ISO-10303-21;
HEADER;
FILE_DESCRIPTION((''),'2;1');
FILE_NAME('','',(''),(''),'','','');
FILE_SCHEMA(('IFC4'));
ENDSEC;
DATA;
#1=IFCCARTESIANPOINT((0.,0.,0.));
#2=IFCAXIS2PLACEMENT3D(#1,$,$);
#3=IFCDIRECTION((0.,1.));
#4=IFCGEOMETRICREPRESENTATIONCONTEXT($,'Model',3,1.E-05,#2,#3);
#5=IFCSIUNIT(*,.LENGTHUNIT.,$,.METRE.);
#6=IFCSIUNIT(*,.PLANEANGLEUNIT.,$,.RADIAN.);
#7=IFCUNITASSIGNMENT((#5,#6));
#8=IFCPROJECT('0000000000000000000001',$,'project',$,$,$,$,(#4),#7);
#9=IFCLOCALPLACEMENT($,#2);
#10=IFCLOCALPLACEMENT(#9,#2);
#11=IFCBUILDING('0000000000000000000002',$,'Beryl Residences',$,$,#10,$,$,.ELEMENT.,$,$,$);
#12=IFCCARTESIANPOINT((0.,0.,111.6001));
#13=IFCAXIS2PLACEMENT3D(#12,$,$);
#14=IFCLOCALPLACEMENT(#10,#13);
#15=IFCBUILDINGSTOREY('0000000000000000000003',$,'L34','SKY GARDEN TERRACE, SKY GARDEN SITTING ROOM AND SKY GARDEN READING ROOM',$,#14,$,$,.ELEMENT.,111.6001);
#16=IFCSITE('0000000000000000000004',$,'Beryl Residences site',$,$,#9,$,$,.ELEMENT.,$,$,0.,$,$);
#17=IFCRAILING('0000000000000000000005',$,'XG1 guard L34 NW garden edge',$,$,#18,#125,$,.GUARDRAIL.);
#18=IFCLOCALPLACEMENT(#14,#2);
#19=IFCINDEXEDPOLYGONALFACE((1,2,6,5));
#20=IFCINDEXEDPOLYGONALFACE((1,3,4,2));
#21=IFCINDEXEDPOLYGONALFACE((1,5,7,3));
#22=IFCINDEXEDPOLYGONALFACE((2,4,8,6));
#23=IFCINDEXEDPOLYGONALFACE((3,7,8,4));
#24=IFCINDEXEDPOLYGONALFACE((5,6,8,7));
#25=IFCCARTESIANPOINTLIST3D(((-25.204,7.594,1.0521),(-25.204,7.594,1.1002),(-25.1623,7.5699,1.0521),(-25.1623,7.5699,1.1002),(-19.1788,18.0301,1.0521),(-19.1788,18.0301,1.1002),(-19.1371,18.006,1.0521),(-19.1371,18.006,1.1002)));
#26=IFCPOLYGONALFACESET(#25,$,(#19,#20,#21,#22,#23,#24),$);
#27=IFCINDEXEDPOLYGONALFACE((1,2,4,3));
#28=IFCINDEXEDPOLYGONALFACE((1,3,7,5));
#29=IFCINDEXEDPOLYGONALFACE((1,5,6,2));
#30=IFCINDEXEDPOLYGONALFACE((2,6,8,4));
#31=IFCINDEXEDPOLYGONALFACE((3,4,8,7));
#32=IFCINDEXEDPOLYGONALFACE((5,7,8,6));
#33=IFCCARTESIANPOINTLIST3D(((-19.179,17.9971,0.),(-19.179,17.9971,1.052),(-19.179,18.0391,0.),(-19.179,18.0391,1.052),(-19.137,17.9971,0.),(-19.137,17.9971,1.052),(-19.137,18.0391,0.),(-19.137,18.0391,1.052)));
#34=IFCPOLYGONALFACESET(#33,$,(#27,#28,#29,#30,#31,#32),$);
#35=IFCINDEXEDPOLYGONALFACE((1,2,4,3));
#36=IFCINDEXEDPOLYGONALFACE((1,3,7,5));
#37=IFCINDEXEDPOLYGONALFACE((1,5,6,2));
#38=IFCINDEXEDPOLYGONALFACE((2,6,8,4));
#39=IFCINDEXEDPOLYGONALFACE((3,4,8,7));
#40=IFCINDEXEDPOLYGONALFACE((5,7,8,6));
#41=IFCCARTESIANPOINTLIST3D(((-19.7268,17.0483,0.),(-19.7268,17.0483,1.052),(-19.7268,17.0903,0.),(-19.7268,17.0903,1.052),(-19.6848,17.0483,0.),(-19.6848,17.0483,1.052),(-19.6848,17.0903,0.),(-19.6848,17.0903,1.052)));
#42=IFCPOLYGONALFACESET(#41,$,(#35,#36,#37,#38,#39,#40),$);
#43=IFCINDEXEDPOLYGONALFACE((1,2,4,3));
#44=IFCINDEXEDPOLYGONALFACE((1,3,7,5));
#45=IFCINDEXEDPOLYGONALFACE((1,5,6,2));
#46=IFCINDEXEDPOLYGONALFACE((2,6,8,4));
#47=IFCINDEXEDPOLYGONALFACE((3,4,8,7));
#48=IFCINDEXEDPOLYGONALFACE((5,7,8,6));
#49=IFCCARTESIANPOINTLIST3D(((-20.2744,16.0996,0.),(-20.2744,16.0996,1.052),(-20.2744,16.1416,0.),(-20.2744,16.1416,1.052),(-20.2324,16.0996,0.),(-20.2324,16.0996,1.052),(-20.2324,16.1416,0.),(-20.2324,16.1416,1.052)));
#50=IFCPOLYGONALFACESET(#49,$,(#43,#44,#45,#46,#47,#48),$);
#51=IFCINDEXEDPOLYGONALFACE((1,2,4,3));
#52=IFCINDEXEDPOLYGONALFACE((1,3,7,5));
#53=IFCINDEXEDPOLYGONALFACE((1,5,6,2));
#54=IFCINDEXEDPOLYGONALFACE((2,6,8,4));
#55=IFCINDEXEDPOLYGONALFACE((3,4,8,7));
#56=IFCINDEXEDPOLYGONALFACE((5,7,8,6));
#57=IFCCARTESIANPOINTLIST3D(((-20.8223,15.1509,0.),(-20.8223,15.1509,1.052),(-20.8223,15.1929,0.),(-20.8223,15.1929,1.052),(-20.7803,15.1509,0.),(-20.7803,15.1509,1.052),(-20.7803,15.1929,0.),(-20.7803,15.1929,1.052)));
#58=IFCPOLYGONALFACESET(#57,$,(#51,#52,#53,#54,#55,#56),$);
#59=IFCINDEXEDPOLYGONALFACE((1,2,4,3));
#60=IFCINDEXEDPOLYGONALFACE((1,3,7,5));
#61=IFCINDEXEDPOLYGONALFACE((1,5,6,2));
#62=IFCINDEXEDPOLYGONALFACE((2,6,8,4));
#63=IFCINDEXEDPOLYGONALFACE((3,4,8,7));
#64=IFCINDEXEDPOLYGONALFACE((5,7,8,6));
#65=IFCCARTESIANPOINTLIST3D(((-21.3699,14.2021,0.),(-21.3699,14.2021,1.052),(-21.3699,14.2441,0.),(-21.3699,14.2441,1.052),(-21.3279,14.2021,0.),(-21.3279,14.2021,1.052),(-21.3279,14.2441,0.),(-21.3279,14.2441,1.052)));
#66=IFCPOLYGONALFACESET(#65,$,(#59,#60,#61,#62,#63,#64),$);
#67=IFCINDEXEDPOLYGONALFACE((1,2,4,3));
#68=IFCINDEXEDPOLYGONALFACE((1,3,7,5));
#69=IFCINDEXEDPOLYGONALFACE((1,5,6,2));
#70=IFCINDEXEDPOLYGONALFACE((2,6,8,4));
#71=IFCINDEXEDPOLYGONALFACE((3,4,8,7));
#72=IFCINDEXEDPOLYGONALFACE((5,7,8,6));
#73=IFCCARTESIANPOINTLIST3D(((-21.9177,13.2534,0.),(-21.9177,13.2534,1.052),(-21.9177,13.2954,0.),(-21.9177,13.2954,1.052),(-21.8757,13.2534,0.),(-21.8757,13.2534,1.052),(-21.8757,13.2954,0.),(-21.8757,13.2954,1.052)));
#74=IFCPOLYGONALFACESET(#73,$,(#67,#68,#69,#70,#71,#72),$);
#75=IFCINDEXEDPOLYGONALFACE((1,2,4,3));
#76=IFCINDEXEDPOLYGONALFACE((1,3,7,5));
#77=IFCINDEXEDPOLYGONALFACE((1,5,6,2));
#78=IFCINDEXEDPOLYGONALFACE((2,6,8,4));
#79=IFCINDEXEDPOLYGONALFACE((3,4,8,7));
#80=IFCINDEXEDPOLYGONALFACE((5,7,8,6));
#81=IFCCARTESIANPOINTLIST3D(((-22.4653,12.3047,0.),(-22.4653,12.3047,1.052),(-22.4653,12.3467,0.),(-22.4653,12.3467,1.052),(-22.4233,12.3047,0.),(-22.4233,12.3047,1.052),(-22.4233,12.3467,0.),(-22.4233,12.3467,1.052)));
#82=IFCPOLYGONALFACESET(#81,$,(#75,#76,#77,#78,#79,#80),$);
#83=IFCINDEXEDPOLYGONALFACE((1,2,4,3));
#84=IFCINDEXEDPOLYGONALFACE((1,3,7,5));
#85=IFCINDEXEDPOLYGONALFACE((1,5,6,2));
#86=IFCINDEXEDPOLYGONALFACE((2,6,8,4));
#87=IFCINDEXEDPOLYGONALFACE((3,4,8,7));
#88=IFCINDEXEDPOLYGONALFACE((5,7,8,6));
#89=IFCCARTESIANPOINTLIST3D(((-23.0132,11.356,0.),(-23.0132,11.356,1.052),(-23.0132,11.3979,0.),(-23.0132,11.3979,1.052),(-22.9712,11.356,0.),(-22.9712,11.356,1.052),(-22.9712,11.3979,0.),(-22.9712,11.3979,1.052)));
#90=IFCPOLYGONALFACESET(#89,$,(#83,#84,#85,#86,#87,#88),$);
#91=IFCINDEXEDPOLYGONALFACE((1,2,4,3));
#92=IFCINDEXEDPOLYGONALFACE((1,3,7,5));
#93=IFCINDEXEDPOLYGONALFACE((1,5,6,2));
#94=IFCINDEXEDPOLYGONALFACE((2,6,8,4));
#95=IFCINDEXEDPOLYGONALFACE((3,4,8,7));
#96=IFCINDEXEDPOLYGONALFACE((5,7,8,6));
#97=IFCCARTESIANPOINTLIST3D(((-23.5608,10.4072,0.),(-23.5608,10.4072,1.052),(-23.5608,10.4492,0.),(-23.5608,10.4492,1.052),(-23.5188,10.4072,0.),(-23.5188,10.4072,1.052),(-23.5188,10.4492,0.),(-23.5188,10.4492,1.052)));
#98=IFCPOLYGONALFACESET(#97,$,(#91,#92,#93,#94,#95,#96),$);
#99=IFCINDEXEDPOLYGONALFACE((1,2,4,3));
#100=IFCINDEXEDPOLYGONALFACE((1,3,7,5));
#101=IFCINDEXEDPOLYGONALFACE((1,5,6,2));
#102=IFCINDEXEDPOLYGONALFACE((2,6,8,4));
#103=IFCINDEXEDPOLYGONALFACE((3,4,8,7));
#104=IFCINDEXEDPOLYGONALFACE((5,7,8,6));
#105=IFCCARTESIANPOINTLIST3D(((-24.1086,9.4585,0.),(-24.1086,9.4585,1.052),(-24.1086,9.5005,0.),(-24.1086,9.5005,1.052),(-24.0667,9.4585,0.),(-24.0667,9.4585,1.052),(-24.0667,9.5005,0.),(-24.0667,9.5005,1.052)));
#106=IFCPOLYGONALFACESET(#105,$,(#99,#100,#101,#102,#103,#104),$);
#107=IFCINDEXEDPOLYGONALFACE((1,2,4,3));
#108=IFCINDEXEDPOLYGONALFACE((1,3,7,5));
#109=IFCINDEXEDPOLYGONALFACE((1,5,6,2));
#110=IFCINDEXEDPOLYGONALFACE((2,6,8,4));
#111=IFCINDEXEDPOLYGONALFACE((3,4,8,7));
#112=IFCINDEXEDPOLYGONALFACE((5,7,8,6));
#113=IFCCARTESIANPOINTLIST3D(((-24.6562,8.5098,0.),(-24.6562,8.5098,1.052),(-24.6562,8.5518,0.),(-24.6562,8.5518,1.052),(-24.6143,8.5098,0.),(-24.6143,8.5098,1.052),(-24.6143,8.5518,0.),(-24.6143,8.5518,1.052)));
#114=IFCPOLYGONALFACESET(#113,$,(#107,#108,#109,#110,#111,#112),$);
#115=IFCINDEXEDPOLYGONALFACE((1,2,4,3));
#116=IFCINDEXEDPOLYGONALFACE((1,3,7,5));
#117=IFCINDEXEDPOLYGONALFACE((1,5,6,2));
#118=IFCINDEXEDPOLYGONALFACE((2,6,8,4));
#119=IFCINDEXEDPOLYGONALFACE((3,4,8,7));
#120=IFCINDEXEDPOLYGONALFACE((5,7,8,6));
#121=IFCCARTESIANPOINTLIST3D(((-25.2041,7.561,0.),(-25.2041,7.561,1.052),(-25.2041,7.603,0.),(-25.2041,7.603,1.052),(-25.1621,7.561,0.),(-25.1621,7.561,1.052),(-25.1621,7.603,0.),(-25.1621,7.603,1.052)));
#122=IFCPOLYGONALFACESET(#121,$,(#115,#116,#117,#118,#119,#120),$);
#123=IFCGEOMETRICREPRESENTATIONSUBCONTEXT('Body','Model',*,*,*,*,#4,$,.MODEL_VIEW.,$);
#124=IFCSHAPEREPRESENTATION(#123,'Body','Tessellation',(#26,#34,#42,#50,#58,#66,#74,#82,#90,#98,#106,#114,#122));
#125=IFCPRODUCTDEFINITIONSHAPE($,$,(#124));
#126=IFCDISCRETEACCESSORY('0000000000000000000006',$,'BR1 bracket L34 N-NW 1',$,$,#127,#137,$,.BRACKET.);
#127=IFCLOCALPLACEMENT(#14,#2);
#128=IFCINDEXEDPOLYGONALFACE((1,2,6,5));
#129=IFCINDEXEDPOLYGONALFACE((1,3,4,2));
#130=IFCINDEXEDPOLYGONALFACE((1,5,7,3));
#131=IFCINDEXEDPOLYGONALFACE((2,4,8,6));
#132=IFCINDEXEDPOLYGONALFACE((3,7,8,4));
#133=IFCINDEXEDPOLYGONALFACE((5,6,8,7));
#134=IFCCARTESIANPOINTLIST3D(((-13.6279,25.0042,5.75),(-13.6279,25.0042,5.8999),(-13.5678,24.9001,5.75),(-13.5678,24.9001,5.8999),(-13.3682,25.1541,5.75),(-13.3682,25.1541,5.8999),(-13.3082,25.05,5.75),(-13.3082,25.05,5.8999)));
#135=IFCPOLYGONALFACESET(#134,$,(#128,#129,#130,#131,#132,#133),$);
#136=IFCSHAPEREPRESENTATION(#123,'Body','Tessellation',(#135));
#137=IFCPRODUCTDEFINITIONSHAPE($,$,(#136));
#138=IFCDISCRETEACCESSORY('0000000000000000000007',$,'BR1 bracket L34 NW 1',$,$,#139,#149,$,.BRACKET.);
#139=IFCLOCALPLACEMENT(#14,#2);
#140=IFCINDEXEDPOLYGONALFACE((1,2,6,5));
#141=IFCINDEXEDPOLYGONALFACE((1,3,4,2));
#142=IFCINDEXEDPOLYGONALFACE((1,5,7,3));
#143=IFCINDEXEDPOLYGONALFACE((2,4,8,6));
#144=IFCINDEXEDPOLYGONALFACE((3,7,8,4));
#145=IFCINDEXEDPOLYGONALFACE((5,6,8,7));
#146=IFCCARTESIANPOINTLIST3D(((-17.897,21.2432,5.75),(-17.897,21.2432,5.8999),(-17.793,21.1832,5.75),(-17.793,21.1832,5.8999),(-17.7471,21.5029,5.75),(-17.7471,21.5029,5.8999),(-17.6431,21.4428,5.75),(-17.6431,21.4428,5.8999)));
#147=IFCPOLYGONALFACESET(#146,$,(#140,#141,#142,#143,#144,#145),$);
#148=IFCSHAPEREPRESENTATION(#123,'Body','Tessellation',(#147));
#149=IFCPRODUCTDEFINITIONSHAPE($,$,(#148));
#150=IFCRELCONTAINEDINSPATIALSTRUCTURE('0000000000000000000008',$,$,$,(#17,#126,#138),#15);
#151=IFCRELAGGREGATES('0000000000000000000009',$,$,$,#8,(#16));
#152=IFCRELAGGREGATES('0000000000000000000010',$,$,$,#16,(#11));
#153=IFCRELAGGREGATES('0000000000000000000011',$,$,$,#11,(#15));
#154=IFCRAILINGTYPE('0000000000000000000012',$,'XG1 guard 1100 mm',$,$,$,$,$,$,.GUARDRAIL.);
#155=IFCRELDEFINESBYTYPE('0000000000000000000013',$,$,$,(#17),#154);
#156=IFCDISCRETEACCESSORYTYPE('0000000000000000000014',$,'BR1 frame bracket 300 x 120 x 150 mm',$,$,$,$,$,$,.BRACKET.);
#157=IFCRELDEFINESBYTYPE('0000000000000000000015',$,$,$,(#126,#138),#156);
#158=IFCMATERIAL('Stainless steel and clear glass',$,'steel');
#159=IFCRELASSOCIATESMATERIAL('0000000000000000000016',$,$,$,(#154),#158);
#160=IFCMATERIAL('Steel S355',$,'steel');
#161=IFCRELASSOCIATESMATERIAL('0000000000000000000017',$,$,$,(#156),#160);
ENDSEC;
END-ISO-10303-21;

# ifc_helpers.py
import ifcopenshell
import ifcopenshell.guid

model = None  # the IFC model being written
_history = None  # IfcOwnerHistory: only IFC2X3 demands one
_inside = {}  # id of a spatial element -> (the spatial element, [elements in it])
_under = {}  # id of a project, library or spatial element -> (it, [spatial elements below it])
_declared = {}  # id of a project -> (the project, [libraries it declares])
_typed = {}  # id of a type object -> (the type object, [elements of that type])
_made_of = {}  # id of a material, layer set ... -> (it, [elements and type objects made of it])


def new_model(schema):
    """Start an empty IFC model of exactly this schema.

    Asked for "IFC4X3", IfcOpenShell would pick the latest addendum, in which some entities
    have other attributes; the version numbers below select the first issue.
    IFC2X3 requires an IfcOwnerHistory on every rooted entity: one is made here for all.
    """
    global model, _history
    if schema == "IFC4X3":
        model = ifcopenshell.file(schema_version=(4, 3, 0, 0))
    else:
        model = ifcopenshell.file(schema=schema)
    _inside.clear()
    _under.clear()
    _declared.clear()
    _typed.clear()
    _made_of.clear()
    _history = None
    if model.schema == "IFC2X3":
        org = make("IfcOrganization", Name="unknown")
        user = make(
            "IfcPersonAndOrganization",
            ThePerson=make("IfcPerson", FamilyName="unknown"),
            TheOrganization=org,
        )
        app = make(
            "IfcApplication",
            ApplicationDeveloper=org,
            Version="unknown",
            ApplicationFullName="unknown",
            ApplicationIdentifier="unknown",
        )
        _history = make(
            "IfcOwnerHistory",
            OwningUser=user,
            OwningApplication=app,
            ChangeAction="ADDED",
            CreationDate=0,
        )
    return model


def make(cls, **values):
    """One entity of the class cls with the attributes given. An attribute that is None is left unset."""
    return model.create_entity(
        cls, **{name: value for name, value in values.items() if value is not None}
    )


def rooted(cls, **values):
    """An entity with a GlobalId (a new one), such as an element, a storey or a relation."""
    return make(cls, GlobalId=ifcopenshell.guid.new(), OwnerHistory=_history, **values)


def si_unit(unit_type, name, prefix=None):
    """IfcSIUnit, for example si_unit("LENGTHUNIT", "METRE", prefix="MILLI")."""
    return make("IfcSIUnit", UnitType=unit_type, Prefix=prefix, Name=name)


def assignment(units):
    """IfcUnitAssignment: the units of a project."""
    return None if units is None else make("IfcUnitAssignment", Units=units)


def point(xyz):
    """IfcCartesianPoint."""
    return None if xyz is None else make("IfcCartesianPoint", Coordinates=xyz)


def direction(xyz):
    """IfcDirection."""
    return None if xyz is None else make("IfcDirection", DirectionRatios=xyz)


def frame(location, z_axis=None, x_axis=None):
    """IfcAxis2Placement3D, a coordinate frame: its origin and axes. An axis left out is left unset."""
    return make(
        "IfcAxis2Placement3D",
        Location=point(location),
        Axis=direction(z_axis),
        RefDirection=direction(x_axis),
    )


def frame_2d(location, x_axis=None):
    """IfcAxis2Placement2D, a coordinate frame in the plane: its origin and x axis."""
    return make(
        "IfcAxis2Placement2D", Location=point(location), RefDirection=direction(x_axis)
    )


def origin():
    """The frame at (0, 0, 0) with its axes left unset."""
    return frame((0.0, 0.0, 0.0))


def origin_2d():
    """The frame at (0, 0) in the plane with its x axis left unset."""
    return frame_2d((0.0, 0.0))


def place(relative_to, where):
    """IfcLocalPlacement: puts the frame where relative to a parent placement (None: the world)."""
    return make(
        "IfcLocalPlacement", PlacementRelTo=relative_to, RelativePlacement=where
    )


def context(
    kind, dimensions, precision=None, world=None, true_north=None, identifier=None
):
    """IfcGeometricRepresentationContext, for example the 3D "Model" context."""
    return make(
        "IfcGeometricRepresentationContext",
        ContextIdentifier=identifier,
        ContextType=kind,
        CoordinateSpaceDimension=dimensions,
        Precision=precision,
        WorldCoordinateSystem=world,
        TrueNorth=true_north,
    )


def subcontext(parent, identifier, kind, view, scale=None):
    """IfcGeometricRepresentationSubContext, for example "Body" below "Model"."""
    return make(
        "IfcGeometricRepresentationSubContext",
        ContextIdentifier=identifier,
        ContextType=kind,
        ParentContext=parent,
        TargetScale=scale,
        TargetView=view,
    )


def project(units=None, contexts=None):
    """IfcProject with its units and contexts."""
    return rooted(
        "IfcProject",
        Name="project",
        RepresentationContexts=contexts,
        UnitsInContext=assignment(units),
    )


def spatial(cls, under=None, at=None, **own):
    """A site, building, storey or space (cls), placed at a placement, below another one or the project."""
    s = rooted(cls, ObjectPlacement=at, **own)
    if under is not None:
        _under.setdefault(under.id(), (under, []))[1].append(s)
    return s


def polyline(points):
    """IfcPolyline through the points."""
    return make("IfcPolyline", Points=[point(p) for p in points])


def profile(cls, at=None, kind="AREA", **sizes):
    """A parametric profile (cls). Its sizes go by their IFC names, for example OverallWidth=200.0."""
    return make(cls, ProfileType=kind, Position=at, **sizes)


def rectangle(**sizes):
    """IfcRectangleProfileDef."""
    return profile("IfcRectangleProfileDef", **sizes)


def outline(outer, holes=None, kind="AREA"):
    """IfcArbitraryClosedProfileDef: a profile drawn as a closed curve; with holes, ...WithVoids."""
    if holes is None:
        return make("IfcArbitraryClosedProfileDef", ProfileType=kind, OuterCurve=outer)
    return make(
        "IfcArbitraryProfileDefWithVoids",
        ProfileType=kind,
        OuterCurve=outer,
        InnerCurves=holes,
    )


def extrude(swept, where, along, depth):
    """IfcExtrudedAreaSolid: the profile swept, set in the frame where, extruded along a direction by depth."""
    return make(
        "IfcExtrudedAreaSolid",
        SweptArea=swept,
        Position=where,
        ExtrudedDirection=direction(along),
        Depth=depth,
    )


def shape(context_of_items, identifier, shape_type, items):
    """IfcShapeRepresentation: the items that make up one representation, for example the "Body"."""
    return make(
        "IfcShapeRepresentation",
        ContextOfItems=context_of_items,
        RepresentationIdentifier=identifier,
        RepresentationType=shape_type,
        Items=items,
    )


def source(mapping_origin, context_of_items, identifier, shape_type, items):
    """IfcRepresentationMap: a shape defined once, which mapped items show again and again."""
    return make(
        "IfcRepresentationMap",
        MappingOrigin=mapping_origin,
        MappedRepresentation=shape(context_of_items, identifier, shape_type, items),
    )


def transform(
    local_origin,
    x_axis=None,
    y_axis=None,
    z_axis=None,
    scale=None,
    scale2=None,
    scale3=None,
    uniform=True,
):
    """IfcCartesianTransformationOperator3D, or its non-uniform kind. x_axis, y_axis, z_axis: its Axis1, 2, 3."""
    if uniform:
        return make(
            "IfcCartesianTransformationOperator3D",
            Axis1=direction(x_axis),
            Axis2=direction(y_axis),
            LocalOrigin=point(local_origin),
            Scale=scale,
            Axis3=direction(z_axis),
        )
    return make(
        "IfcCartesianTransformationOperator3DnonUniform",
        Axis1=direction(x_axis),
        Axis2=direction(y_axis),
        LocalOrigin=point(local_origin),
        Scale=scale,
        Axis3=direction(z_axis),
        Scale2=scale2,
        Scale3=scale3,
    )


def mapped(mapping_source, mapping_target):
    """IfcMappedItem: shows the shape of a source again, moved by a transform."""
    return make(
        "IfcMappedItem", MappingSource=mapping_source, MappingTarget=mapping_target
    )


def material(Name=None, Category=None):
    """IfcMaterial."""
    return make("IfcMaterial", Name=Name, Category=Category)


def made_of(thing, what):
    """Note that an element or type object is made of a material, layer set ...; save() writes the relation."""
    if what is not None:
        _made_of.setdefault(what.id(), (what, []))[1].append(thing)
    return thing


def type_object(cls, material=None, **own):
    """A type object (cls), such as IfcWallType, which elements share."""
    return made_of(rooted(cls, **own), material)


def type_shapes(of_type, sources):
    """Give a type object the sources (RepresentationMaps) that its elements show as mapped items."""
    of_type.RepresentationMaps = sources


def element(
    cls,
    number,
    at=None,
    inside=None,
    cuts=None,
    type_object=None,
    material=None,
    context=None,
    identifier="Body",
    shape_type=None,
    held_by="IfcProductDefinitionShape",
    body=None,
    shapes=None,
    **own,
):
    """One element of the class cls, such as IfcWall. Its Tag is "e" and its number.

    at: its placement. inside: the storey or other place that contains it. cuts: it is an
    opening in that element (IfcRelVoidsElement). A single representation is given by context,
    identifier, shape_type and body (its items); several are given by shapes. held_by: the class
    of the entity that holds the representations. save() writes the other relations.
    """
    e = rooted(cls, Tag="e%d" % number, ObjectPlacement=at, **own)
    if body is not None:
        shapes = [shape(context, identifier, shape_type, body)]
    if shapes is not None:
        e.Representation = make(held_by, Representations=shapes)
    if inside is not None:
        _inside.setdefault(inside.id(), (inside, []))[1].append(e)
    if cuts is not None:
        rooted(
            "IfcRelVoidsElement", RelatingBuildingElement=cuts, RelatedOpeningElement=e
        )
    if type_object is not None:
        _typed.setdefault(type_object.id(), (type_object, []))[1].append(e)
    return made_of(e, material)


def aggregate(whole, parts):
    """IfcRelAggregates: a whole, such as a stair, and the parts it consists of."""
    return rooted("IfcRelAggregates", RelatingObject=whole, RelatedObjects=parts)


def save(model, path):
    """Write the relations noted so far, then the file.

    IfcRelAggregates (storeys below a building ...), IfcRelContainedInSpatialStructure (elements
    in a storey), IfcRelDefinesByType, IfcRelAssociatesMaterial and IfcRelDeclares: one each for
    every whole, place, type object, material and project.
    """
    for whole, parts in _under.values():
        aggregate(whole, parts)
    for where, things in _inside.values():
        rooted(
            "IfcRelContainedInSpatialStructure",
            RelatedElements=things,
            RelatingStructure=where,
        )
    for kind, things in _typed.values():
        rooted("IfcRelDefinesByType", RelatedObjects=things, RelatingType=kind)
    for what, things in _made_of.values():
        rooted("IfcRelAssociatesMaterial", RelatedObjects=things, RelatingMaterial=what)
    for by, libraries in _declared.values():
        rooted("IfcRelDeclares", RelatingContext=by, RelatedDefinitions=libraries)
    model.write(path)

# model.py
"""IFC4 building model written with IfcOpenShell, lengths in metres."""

from ifc_helpers import new_model, si_unit, direction, frame, origin, origin_2d, place, context, subcontext, project, spatial, polyline, rectangle, outline, extrude, source, transform, mapped, material, type_object, type_shapes, element, save


model = new_model("IFC4")

# Units and contexts
model_context = context("Model", 3, precision=1e-05, world=origin(), true_north=direction((0.0, 1.0)))
body_context = subcontext(model_context, "Body", "Model", "MODEL_VIEW")
ifc_project = project(units=[si_unit("LENGTHUNIT", "METRE"), si_unit("PLANEANGLEUNIT", "RADIAN")], contexts=[model_context])

# Site, building, storey
site_placement = place(None, origin())
site = spatial("IfcSite", under=ifc_project, at=site_placement, Name="Beryl Residences site", CompositionType="ELEMENT", RefElevation=0.0)
building_placement = place(site_placement, origin())
building = spatial("IfcBuilding", under=site, at=building_placement, Name="Beryl Residences", CompositionType="ELEMENT")
storey_placement = place(building_placement, frame((0.0, 0.0, 111.6001)))
storey = spatial("IfcBuildingStorey", under=building, at=storey_placement, Name="L34", Description="SKY GARDEN TERRACE, SKY GARDEN SITTING ROOM AND SKY GARDEN READING ROOM", CompositionType="ELEMENT", Elevation=111.6001)

# Railing
ifc_material_1 = material(Name="Stainless steel and clear glass", Category="steel")
railing_type = type_object("IfcRailingType", Name="XG1 guard 1100 mm", PredefinedType="GUARDRAIL", material=ifc_material_1)
railing_placement = place(storey_placement, frame((-19.158, 18.0181, 0.0)))
element("IfcRailing", 1, at=railing_placement, inside=storey, type_object=railing_type, Name="XG1 guard L34 NW garden edge", PredefinedType="GUARDRAIL", context=body_context, shape_type="SweptSolid", body=[
    extrude(rectangle(XDim=0.0481, YDim=0.0481, at=origin_2d()), frame((0.0, 0.0, 1.0762), z_axis=(-0.499994, -0.866029, 0.0), x_axis=(0.866029, -0.499994, 0.0)), (0.0, 0.0, 1.0), 12.0505),
    extrude(rectangle(XDim=0.042, YDim=0.042, at=origin_2d()), origin(), (0.0, 0.0, 1.0), 1.052),
    extrude(rectangle(XDim=0.042, YDim=0.042, at=origin_2d()), frame((-0.5479, -0.9487, 0.0)), (0.0, 0.0, 1.0), 1.052),
    extrude(rectangle(XDim=0.042, YDim=0.042, at=origin_2d()), frame((-1.0955, -1.8975, 0.0)), (0.0, 0.0, 1.0), 1.052),
    extrude(rectangle(XDim=0.042, YDim=0.042, at=origin_2d()), frame((-1.6433, -2.8462, 0.0)), (0.0, 0.0, 1.0), 1.052),
    extrude(rectangle(XDim=0.042, YDim=0.042, at=origin_2d()), frame((-2.1909, -3.7949, 0.0)), (0.0, 0.0, 1.0), 1.052),
    extrude(rectangle(XDim=0.042, YDim=0.042, at=origin_2d()), frame((-2.7388, -4.7437, 0.0)), (0.0, 0.0, 1.0), 1.052),
    extrude(rectangle(XDim=0.042, YDim=0.042, at=origin_2d()), frame((-3.2864, -5.6924, 0.0)), (0.0, 0.0, 1.0), 1.052),
    extrude(rectangle(XDim=0.042, YDim=0.042, at=origin_2d()), frame((-3.8342, -6.6411, 0.0)), (0.0, 0.0, 1.0), 1.052),
    extrude(rectangle(XDim=0.042, YDim=0.042, at=origin_2d()), frame((-4.3818, -7.5898, 0.0)), (0.0, 0.0, 1.0), 1.052),
    extrude(rectangle(XDim=0.042, YDim=0.042, at=origin_2d()), frame((-4.9297, -8.5386, 0.0)), (0.0, 0.0, 1.0), 1.052),
    extrude(rectangle(XDim=0.042, YDim=0.042, at=origin_2d()), frame((-5.4773, -9.4873, 0.0)), (0.0, 0.0, 1.0), 1.052),
    extrude(rectangle(XDim=0.042, YDim=0.042, at=origin_2d()), frame((-6.0251, -10.436, 0.0)), (0.0, 0.0, 1.0), 1.052),
])

# Discrete accessories
ifc_material_2 = material(Name="Steel S355", Category="steel")
discrete_accessory_type = type_object("IfcDiscreteAccessoryType", Name="BR1 frame bracket 300 x 120 x 150 mm", PredefinedType="BRACKET", material=ifc_material_2)
shared_shape_1 = source(origin(), body_context, "Body", "SweptSolid", [
    extrude(outline(polyline([(-0.1499, 0.0), (0.1499, 0.0), (0.1499, 0.1201), (-0.1499, 0.1201), (-0.1499, 0.0)])), origin(), (0.0, 0.0, 1.0), 0.1499),
])
type_shapes(discrete_accessory_type, [shared_shape_1])
for number, where, z_axis, x_axis, name in (
    (2, (-13.438, 24.9751, 5.75), (0.0, 0.0, 1.0), (0.866025, 0.5, 0.0), "BR1 bracket L34 N-NW 1"),
    (3, (-17.718, 21.313, 5.75), (0.0, 0.0, 1.0), (0.5, 0.866025, 0.0), "BR1 bracket L34 NW 1"),
):
    element("IfcDiscreteAccessory", number, at=place(storey_placement, frame(where, z_axis=z_axis, x_axis=x_axis)), inside=storey, type_object=discrete_accessory_type, Name=name, PredefinedType="BRACKET", context=body_context, shape_type="MappedRepresentation", body=[
        mapped(shared_shape_1, transform((0.0, 0.0, 0.0))),
    ])

save(model, "model.ifc")
